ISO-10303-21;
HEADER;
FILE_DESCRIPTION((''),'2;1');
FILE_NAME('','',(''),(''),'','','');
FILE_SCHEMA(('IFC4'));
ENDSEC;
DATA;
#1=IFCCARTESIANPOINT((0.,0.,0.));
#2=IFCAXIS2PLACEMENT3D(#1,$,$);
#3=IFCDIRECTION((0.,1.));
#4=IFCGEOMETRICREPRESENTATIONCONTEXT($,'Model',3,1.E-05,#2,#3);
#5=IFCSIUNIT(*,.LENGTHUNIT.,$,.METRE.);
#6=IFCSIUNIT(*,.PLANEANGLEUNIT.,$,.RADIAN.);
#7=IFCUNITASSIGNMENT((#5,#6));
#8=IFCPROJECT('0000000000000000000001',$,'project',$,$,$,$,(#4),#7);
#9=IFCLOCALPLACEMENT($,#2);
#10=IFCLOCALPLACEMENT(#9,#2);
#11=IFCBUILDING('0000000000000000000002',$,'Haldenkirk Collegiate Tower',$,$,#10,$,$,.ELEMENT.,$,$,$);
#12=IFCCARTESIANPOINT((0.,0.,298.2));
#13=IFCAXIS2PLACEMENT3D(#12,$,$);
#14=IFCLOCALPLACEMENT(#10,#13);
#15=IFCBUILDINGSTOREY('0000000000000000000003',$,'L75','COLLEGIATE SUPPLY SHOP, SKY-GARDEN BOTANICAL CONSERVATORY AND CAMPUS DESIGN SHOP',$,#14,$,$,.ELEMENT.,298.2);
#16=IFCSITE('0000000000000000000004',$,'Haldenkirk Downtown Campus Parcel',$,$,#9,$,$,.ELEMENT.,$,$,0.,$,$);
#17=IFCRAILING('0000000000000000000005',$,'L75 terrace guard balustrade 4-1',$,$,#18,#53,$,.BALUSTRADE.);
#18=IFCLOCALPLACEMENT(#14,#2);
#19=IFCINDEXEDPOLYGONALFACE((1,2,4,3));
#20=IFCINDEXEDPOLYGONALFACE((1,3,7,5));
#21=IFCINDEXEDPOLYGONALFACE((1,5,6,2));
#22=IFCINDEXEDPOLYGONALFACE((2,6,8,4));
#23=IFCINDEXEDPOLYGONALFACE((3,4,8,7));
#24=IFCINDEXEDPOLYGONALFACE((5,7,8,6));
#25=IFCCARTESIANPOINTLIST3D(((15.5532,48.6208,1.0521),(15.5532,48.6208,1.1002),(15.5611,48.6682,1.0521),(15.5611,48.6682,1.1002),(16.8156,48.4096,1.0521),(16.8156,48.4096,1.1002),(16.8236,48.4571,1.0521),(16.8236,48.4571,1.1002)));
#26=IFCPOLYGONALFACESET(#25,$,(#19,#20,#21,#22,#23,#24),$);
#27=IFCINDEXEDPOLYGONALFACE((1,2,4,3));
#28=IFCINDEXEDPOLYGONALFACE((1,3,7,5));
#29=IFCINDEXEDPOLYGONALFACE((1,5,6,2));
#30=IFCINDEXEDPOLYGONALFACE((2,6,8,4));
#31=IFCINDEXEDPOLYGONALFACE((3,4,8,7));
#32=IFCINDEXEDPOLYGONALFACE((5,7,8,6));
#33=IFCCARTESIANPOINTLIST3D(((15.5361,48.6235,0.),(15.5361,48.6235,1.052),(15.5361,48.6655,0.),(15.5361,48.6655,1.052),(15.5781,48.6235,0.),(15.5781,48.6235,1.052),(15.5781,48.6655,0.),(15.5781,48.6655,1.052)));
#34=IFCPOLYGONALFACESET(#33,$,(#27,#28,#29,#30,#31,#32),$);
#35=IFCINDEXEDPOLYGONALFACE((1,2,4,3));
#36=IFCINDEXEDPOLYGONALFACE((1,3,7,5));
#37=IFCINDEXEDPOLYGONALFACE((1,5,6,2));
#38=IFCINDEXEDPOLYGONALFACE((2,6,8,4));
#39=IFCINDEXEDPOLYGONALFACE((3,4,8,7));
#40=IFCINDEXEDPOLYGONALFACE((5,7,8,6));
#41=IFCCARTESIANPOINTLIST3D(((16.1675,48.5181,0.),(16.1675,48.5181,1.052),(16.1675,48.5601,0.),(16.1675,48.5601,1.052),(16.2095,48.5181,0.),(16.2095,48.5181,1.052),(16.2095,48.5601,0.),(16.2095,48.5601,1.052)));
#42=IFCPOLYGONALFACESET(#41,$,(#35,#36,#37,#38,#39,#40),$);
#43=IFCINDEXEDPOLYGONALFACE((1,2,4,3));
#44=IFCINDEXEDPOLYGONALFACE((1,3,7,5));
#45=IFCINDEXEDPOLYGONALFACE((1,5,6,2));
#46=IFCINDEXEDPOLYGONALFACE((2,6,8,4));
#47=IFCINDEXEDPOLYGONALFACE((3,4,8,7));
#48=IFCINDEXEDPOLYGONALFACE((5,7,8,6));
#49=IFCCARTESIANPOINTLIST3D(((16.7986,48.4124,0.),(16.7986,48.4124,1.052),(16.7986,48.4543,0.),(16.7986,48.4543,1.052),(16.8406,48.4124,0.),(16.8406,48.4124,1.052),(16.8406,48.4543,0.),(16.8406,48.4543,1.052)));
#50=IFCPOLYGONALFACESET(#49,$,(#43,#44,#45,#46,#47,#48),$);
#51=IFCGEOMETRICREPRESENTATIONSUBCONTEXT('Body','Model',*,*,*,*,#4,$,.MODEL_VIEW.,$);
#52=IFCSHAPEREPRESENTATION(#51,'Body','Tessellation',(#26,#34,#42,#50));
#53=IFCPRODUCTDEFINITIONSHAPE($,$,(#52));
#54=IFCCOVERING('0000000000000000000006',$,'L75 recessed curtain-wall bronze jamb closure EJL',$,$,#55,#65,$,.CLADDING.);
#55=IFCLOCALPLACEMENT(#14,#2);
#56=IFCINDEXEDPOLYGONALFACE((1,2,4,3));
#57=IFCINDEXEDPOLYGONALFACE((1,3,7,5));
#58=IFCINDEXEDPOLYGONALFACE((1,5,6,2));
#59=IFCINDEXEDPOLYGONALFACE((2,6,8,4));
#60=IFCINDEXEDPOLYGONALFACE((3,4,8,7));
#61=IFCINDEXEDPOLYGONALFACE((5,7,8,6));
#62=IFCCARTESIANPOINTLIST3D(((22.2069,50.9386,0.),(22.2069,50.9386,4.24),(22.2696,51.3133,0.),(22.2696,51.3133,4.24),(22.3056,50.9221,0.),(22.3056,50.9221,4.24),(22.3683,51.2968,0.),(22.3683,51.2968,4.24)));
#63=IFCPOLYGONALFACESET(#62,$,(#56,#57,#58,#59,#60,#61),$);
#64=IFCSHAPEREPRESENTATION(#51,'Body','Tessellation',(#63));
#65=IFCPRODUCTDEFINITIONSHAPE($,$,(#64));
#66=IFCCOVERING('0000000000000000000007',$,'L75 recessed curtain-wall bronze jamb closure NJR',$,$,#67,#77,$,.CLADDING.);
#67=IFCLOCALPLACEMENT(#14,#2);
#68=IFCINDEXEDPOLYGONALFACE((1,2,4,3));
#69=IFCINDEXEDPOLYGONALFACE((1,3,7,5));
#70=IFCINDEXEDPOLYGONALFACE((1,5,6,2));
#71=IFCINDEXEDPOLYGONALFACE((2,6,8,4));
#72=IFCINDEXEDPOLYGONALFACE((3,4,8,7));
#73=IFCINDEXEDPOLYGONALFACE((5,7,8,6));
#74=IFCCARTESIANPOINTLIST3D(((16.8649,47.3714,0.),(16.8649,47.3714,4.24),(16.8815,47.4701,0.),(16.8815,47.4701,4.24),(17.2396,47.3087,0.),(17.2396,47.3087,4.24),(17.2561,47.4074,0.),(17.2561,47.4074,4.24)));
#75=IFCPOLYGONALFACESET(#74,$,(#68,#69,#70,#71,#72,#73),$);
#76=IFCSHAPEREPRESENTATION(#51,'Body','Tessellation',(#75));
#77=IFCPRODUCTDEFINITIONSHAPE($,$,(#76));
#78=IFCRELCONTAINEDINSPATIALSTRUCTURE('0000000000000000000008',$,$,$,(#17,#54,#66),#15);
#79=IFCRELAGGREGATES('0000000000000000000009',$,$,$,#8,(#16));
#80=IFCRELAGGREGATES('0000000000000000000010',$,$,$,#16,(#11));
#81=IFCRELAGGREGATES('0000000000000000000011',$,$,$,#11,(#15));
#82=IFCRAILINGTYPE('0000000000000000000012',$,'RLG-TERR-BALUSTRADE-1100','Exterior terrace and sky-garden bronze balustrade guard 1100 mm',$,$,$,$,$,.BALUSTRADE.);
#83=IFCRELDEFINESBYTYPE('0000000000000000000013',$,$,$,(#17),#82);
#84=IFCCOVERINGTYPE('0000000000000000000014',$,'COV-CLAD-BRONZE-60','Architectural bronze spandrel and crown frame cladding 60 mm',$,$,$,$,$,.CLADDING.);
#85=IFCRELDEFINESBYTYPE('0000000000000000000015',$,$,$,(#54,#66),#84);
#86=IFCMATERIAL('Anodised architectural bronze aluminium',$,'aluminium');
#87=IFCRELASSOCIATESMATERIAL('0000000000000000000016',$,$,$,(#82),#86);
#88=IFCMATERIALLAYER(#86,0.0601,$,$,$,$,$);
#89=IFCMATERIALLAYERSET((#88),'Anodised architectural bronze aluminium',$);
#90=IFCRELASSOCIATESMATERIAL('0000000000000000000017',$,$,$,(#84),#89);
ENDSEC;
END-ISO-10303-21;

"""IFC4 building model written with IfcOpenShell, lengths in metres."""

from ifc_helpers import new_model, si_unit, direction, frame, origin, origin_2d, place, context, subcontext, project, spatial, rectangle, extrude, source, transform, mapped, material, layer, layer_set, type_object, element, save


model = new_model("IFC4")

# Units and contexts
model_context = context("Model", 3, precision=1e-05, world=origin(), true_north=direction((0.0, 1.0)))
body_context = subcontext(model_context, "Body", "Model", "MODEL_VIEW")
ifc_project = project(units=[si_unit("LENGTHUNIT", "METRE"), si_unit("PLANEANGLEUNIT", "RADIAN")], contexts=[model_context])

# Site, building, storey
site_placement = place(None, origin())
site = spatial("IfcSite", under=ifc_project, at=site_placement, Name="Haldenkirk Downtown Campus Parcel", CompositionType="ELEMENT", RefElevation=0.0)
building_placement = place(site_placement, origin())
building = spatial("IfcBuilding", under=site, at=building_placement, Name="Haldenkirk Collegiate Tower", CompositionType="ELEMENT")
storey_placement = place(building_placement, frame((0.0, 0.0, 298.2)))
storey = spatial("IfcBuildingStorey", under=building, at=storey_placement, Name="L75", Description="COLLEGIATE SUPPLY SHOP, SKY-GARDEN BOTANICAL CONSERVATORY AND CAMPUS DESIGN SHOP", CompositionType="ELEMENT", Elevation=298.2)

# Shared definitions
ifc_material_1 = material(Name="Anodised architectural bronze aluminium", Category="aluminium")

# Railing
railing_type = type_object("IfcRailingType", Name="RLG-TERR-BALUSTRADE-1100", Description="Exterior terrace and sky-garden bronze balustrade guard 1100 mm", PredefinedType="BALUSTRADE", material=ifc_material_1)
railing_1_placement = place(storey_placement, frame((15.5571, 48.6445, 0.0)))
element("IfcRailing", 1, at=railing_1_placement, inside=storey, type_object=railing_type, Name="L75 terrace guard balustrade 4-1", PredefinedType="BALUSTRADE", context=body_context, shape_type="SweptSolid", body=[
    extrude(rectangle(XDim=0.0481, YDim=0.0481, at=origin_2d()), frame((0.0, 0.0, 1.0762), z_axis=(0.986296, -0.164987, 0.0), x_axis=(0.164987, 0.986296, 0.0)), (0.0, 0.0, 1.0), 1.28),
    extrude(rectangle(XDim=0.042, YDim=0.042, at=origin_2d()), origin(), (0.0, 0.0, 1.0), 1.052),
    extrude(rectangle(XDim=0.042, YDim=0.042, at=origin_2d()), frame((0.6313, -0.1055, 0.0)), (0.0, 0.0, 1.0), 1.052),
    extrude(rectangle(XDim=0.042, YDim=0.042, at=origin_2d()), frame((1.2625, -0.2112, 0.0)), (0.0, 0.0, 1.0), 1.052),
])

# Coverings
ifc_layer_1 = layer(ifc_material_1, 0.0601)
ifc_layer_set_1 = layer_set([ifc_layer_1], Name="Anodised architectural bronze aluminium")
covering_type = type_object("IfcCoveringType", Name="COV-CLAD-BRONZE-60", Description="Architectural bronze spandrel and crown frame cladding 60 mm", PredefinedType="CLADDING", material=ifc_layer_set_1)
shared_shape_1 = source(origin(), body_context, "Body", "SweptSolid", [
    extrude(rectangle(XDim=0.1001, YDim=0.3799, at=origin_2d()), origin(), (0.0, 0.0, 1.0), 4.24),
])
for number, where, z_axis, x_axis, name in (
    (2, (22.2876, 51.1177, 0.0), (0.0, 0.0, 1.0), (0.986286, -0.165048, 0.0), "L75 recessed curtain-wall bronze jamb closure EJL"),
    (3, (17.0605, 47.3894, 0.0), (0.0, 0.0, 1.0), (0.165048, 0.986286, 0.0), "L75 recessed curtain-wall bronze jamb closure NJR"),
):
    element("IfcCovering", number, at=place(storey_placement, frame(where, z_axis=z_axis, x_axis=x_axis)), inside=storey, type_object=covering_type, Name=name, PredefinedType="CLADDING", context=body_context, shape_type="MappedRepresentation", body=[
        mapped(shared_shape_1, transform((0.0, 0.0, 0.0), x_axis=(1.0, 0.0, 0.0), y_axis=(0.0, 1.0, 0.0), z_axis=(0.0, 0.0, 1.0), scale=1.0)),
    ])

save(model, "model.ifc")
